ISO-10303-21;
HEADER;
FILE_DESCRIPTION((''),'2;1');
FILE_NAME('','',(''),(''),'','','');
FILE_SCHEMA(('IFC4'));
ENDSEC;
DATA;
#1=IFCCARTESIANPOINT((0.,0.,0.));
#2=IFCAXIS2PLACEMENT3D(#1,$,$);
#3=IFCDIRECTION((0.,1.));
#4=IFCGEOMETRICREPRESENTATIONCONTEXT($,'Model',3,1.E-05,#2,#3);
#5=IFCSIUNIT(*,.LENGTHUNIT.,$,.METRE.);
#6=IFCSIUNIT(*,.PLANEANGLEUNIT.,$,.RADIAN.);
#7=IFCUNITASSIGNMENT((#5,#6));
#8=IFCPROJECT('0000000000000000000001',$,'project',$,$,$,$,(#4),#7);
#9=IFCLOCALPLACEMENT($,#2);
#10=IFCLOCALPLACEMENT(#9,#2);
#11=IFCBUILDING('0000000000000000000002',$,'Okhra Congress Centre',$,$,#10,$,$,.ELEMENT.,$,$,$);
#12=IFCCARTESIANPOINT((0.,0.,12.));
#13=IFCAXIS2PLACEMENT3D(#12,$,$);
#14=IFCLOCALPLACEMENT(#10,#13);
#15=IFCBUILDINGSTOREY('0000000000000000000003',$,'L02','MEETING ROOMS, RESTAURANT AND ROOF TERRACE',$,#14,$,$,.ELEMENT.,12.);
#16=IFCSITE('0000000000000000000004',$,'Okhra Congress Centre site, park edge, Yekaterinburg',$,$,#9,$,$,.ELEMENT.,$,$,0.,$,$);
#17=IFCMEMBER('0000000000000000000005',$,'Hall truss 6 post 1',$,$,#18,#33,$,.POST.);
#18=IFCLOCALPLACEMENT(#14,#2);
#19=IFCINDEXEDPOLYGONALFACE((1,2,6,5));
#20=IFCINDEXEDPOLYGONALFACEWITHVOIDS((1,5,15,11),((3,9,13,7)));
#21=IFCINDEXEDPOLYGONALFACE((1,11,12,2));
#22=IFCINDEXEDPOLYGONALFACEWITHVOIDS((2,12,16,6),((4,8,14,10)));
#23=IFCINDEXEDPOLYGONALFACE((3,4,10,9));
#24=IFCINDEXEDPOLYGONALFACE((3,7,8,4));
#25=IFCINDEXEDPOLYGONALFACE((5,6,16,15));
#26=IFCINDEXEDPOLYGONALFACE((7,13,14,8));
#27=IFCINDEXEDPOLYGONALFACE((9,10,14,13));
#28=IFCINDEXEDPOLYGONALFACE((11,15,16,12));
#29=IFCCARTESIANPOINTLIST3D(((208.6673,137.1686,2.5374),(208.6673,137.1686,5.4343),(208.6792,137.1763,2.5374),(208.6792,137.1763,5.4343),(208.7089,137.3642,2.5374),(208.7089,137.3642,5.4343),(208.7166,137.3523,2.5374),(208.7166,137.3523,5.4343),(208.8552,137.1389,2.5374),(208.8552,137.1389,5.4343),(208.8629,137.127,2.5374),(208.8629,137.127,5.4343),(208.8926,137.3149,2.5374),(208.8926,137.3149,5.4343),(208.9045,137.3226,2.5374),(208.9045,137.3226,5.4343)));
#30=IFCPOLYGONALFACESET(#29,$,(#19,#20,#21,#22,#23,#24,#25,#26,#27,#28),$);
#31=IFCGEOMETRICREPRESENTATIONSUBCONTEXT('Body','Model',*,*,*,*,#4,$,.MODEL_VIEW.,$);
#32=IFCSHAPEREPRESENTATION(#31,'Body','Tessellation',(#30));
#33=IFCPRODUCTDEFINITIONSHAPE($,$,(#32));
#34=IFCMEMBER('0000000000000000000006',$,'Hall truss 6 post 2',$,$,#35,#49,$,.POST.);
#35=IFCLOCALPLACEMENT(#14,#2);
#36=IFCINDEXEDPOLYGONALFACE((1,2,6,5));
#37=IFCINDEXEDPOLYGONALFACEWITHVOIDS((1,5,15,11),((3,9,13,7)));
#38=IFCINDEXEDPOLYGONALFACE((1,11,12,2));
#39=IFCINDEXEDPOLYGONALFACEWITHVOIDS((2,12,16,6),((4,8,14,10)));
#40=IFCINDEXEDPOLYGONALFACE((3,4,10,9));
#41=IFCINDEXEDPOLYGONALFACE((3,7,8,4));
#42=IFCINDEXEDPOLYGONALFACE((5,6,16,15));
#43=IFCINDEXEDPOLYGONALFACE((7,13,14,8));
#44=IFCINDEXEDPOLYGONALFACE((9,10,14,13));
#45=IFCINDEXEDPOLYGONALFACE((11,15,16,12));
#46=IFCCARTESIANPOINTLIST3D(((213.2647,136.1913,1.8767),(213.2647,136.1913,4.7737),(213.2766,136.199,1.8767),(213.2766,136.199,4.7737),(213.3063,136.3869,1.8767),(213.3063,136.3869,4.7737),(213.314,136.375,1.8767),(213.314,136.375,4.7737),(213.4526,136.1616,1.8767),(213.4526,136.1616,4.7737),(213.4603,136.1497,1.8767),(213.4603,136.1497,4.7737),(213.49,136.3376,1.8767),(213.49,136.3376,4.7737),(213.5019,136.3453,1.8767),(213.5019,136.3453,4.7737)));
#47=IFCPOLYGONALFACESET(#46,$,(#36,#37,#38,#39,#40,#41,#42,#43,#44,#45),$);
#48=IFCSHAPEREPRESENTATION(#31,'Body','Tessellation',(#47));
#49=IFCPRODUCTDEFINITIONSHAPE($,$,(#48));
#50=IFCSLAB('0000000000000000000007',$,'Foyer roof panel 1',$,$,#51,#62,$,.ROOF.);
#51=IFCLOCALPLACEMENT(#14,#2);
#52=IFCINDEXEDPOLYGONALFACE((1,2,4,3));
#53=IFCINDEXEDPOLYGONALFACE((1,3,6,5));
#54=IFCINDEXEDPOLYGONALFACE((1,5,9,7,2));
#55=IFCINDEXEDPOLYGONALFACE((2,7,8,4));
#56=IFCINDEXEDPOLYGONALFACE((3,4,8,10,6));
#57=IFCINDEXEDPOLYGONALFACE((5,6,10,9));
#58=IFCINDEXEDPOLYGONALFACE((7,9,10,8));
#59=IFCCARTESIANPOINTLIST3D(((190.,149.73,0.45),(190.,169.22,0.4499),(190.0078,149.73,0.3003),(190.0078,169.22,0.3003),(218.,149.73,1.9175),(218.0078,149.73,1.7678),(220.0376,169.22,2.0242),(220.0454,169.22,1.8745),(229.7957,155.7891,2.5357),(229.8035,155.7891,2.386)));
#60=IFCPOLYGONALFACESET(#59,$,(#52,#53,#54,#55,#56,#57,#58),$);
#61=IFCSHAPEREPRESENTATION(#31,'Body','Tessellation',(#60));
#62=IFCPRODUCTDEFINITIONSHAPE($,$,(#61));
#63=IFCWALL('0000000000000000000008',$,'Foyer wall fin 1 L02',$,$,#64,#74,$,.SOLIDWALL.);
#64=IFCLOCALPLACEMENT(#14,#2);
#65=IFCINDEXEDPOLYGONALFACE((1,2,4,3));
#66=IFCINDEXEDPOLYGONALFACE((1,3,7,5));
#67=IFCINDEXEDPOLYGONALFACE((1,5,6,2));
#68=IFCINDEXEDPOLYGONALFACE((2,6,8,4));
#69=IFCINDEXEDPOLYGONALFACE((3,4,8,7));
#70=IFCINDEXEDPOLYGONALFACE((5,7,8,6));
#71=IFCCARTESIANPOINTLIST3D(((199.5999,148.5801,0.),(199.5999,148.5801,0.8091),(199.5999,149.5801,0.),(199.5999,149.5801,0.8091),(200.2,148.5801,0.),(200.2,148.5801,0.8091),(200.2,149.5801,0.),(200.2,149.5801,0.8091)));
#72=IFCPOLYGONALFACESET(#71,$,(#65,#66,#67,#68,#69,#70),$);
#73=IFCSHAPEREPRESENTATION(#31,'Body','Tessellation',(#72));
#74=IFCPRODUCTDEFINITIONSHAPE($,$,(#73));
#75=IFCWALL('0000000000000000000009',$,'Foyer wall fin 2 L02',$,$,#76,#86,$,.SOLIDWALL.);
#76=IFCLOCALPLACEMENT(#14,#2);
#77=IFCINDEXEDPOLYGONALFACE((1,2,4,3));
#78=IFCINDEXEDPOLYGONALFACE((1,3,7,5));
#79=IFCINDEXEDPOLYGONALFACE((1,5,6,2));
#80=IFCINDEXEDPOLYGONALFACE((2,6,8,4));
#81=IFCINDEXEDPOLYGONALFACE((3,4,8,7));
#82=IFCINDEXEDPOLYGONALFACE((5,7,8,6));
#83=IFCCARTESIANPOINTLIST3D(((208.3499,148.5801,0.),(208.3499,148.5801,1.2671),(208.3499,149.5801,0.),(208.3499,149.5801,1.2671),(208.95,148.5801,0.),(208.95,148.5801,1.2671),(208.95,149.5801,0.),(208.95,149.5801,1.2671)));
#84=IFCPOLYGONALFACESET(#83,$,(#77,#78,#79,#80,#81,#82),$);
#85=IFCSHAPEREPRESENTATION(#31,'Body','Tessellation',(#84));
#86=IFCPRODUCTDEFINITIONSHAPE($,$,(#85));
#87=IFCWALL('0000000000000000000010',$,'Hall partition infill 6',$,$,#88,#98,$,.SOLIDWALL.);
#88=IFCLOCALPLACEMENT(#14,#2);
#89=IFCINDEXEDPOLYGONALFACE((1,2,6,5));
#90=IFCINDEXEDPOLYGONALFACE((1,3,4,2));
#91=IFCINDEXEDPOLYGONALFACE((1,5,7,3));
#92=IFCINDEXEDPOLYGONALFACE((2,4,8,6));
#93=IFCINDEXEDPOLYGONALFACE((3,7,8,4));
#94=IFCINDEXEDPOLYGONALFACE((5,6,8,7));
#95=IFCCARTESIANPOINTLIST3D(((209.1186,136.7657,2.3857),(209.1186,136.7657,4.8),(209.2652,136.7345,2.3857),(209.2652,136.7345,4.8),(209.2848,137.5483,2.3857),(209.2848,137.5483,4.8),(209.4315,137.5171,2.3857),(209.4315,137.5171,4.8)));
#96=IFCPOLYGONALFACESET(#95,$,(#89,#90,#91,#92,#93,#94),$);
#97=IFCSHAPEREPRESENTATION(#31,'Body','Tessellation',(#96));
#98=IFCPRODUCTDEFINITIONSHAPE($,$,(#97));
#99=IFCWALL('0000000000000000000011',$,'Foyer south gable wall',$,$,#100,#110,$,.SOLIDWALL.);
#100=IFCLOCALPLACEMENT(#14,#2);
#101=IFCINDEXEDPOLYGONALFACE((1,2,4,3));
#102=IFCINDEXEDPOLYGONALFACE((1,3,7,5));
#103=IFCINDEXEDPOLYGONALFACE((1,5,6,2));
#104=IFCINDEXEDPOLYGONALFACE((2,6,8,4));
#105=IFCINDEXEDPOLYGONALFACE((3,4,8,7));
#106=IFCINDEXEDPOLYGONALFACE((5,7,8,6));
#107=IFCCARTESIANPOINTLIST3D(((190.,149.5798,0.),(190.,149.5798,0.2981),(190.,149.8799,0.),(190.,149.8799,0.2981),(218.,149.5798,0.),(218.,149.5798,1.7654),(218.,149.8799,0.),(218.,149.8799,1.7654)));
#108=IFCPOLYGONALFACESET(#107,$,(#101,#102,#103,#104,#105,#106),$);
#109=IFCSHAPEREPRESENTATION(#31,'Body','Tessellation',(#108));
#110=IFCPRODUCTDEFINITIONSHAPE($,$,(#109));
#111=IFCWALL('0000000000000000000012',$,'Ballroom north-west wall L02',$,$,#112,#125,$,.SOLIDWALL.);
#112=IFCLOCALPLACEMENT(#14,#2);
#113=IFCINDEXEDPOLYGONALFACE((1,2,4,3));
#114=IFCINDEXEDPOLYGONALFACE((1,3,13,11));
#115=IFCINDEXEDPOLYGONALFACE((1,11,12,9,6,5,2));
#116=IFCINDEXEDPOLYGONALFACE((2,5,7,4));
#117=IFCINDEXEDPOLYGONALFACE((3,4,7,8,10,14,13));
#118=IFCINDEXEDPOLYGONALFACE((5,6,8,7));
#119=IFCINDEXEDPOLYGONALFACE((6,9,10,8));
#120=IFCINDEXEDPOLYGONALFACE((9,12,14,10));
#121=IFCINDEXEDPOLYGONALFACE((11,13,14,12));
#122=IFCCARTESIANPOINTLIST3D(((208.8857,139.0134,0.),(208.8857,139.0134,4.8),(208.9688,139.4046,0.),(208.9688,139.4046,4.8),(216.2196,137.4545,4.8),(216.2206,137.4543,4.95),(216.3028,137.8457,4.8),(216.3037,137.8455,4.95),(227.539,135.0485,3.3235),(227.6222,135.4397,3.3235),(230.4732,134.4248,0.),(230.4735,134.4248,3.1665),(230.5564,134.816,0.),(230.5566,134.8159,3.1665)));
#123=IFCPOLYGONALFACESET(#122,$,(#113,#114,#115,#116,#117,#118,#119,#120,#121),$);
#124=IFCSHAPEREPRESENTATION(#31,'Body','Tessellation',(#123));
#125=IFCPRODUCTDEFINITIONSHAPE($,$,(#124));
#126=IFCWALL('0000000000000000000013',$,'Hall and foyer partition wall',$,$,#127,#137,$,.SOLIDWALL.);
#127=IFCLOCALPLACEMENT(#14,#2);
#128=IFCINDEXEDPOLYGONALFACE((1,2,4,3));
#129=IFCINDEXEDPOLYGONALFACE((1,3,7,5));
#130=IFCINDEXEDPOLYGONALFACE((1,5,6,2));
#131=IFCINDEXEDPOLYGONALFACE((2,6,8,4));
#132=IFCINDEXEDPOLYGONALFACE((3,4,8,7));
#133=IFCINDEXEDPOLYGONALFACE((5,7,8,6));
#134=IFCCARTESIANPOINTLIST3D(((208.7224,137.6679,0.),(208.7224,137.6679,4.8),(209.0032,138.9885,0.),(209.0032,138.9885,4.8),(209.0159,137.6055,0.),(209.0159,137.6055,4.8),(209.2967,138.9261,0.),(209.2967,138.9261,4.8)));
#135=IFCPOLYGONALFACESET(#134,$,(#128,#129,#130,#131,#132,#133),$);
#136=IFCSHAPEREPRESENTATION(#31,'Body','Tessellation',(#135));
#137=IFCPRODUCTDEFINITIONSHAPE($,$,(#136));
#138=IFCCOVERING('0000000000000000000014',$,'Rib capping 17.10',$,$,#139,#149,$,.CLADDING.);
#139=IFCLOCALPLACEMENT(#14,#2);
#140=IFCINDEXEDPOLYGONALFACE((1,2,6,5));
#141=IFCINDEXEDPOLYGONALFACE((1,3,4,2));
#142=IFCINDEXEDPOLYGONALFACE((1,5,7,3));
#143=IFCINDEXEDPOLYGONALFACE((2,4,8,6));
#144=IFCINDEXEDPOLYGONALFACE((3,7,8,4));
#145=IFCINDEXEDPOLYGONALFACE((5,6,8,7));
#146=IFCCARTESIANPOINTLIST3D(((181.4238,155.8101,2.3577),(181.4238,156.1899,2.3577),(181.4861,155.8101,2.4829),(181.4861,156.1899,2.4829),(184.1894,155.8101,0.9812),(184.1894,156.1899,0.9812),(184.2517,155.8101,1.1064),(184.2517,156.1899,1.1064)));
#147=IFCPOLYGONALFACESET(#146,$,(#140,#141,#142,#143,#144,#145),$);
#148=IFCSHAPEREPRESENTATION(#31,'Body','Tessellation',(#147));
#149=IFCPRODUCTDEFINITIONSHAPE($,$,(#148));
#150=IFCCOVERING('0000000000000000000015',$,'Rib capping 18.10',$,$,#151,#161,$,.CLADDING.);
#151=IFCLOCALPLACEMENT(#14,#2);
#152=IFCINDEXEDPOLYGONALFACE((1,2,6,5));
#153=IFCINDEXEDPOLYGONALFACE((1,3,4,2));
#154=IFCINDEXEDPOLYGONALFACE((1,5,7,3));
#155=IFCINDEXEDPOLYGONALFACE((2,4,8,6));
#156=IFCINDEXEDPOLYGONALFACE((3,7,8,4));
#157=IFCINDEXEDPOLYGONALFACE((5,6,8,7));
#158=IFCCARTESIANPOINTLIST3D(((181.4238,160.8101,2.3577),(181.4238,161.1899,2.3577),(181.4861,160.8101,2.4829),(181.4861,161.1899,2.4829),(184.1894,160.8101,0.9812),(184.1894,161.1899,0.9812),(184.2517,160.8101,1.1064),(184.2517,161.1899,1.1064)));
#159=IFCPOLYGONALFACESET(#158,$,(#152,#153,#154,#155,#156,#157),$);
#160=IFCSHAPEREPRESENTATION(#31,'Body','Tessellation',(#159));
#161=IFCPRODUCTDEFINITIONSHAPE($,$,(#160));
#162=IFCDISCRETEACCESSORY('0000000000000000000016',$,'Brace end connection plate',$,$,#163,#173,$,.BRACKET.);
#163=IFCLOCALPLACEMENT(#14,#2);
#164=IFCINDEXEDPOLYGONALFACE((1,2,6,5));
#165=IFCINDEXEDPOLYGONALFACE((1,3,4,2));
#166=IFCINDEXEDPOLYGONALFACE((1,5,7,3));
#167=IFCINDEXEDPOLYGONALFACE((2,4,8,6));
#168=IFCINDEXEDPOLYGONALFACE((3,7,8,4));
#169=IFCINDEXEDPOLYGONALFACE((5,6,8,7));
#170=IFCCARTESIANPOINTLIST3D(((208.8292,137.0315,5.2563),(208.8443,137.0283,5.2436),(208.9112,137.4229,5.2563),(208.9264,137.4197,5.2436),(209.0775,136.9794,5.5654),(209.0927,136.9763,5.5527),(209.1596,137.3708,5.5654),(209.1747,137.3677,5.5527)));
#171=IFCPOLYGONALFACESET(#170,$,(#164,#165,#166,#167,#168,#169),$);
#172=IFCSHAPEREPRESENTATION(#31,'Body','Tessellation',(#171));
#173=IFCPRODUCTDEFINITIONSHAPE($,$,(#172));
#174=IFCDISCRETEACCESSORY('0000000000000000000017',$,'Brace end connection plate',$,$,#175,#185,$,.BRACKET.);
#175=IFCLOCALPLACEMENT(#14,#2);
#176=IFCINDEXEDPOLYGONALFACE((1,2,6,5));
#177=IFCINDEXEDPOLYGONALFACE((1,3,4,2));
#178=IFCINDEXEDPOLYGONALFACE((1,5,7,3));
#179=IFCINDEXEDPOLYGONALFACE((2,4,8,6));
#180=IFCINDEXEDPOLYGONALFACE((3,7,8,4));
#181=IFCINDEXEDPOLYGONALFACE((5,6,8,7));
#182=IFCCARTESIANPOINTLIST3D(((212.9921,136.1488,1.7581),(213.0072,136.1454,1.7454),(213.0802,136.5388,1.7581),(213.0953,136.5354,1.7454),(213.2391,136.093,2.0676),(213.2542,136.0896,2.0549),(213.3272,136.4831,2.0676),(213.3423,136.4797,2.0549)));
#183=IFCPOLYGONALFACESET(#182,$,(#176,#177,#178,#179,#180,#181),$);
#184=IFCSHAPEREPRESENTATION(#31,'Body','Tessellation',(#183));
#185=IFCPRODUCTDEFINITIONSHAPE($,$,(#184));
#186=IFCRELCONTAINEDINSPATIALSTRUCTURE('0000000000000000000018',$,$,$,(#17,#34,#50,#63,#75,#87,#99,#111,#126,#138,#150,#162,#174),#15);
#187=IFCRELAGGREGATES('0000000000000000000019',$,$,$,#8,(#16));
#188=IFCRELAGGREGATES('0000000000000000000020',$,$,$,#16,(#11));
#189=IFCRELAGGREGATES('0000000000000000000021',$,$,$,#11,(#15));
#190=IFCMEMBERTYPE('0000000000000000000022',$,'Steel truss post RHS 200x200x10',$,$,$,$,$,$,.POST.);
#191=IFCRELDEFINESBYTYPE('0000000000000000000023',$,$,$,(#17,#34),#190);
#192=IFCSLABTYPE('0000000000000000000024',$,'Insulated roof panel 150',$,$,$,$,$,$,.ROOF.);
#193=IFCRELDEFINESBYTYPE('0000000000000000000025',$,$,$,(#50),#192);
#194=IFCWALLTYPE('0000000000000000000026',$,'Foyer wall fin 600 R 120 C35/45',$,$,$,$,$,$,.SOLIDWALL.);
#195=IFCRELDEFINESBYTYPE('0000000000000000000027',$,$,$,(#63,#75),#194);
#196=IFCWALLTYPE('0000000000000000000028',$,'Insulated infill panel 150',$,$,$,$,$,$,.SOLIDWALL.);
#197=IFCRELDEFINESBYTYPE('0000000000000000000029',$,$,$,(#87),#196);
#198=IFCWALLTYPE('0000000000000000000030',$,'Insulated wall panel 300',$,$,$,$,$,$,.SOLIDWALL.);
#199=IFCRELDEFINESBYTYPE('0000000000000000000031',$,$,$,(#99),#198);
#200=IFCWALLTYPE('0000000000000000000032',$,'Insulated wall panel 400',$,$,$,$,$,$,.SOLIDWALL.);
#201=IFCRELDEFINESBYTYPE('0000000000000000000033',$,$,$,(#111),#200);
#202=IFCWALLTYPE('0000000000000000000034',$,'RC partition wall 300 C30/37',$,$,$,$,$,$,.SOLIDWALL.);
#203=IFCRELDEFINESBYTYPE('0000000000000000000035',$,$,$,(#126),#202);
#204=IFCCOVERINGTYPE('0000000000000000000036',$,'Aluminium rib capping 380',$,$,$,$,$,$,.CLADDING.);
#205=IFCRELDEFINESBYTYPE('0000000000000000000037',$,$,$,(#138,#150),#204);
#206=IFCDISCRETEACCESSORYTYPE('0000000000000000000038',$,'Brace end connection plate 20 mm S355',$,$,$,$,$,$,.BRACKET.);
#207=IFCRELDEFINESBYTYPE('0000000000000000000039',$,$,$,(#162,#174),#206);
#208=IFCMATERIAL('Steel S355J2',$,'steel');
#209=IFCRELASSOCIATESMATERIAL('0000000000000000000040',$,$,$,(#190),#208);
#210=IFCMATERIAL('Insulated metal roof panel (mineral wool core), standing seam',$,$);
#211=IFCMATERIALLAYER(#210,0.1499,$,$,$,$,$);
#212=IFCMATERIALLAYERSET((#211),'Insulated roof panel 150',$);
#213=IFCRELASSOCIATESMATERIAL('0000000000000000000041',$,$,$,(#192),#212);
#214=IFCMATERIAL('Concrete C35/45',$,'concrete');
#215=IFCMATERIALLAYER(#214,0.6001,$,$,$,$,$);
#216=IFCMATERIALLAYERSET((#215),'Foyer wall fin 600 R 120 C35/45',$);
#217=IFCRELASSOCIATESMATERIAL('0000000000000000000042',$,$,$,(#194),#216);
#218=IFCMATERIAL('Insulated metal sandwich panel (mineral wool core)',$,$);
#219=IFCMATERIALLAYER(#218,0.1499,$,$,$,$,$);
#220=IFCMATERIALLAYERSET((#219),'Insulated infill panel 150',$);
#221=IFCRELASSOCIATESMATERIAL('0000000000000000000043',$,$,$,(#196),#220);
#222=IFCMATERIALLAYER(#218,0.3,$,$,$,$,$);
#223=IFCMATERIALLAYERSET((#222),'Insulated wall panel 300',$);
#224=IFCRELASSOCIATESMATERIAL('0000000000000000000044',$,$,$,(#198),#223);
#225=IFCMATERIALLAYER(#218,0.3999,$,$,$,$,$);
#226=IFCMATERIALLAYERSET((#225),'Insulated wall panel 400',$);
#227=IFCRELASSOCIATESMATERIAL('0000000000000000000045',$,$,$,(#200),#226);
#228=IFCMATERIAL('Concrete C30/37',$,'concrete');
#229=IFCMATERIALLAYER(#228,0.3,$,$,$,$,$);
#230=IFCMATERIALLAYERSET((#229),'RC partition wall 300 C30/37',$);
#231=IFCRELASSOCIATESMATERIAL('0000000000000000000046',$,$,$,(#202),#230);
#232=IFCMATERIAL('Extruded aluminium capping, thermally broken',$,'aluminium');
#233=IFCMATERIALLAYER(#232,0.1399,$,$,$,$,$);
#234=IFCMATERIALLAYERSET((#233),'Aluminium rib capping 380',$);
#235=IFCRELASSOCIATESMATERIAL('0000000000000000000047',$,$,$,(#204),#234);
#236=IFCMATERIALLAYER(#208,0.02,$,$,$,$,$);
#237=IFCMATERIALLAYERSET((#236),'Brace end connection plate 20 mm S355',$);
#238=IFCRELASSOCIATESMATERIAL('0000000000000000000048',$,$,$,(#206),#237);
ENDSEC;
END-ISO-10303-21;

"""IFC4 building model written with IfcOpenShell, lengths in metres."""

from ifc_helpers import new_model, si_unit, direction, frame, frame_2d, origin, origin_2d, place, context, subcontext, project, spatial, polyline, rectangle, hollow_rectangle, outline, extrude, material, layer, layer_set, material_profile, profile_set, type_object, element, save


model = new_model("IFC4")

# Units and contexts
model_context = context("Model", 3, precision=1e-05, world=origin(), true_north=direction((0.0, 1.0)))
body_context = subcontext(model_context, "Body", "Model", "MODEL_VIEW")
ifc_project = project(units=[si_unit("LENGTHUNIT", "METRE"), si_unit("PLANEANGLEUNIT", "RADIAN")], contexts=[model_context])

# Site, building, storey
site_placement = place(None, origin())
site = spatial("IfcSite", under=ifc_project, at=site_placement, Name="Okhra Congress Centre site, park edge, Yekaterinburg", CompositionType="ELEMENT", RefElevation=0.0)
building_placement = place(site_placement, origin())
building = spatial("IfcBuilding", under=site, at=building_placement, Name="Okhra Congress Centre", CompositionType="ELEMENT")
storey_placement = place(building_placement, frame((0.0, 0.0, 12.0)))
storey = spatial("IfcBuildingStorey", under=building, at=storey_placement, Name="L02", Description="MEETING ROOMS, RESTAURANT AND ROOF TERRACE", CompositionType="ELEMENT", Elevation=12.0)

# Shared definitions
ifc_material_1 = material(Name="Steel S355J2", Category="steel")

# Members
ifc_material_profile_1 = material_profile(ifc_material_1, hollow_rectangle(XDim=0.2, YDim=0.2, WallThickness=0.01, at=origin_2d()), Name="RHS 200x200x10")
ifc_profile_set_1 = profile_set([ifc_material_profile_1], Name="Steel S355J2")
member_type_1 = type_object("IfcMemberType", Name="Steel truss post RHS 200x200x10", PredefinedType="POST", material=ifc_profile_set_1)
for number, where, z_axis, x_axis, name in (
    (1, (208.7859, 137.2456, 2.5374), (0.0, 0.0, 1.0), (0.978148, -0.207912, 0.0), "Hall truss 6 post 1"),
    (2, (213.3833, 136.2683, 1.8767), (0.0, 0.0, 1.0), (0.978148, -0.207912, 0.0), "Hall truss 6 post 2"),
):
    element("IfcMember", number, at=place(storey_placement, frame(where, z_axis=z_axis, x_axis=x_axis)), inside=storey, type_object=member_type_1, Name=name, PredefinedType="POST", context=body_context, shape_type="SweptSolid", body=[
        extrude(hollow_rectangle(XDim=0.2, YDim=0.2, WallThickness=0.01, at=origin_2d()), origin(), (0.0, 0.0, 1.0), 2.897),
    ])

# Slab
ifc_material_2 = material(Name="Insulated metal roof panel (mineral wool core), standing seam")
ifc_layer_1 = layer(ifc_material_2, 0.1499)
ifc_layer_set_1 = layer_set([ifc_layer_1], Name="Insulated roof panel 150")
slab_type = type_object("IfcSlabType", Name="Insulated roof panel 150", PredefinedType="ROOF", material=ifc_layer_set_1)
slab_placement = place(storey_placement, frame((218.0, 149.73, 1.9175), z_axis=(-0.052338, 0.000003, 0.998629), x_axis=(0.888545, 0.45642, 0.046567)))
element("IfcSlab", 3, at=slab_placement, inside=storey, type_object=slab_type, Name="Foyer roof panel 1", PredefinedType="ROOF", context=body_context, shape_type="SweptSolid", body=[
    extrude(outline(polyline([(0.0, 0.0), (13.2752, 0.0), (10.7111, 16.4102), (-16.052, 30.1388), (-24.9476, 12.7973), (0.0, 0.0)])), origin(), (0.0, 0.0, -1.0), 0.1499),
])

# Walls
ifc_material_3 = material(Name="Concrete C35/45", Category="concrete")
ifc_layer_2 = layer(ifc_material_3, 0.6001)
ifc_layer_set_2 = layer_set([ifc_layer_2], Name="Foyer wall fin 600 R 120 C35/45")
wall_type_1 = type_object("IfcWallType", Name="Foyer wall fin 600 R 120 C35/45", PredefinedType="SOLIDWALL", material=ifc_layer_set_2)
wall_1_placement = place(storey_placement, frame((199.8999, 149.5801, 0.0), z_axis=(0.0, 0.0, 1.0), x_axis=(0.0, -1.0, 0.0)))
element("IfcWall", 4, at=wall_1_placement, inside=storey, type_object=wall_type_1, Name="Foyer wall fin 1 L02", PredefinedType="SOLIDWALL", context=body_context, shape_type="SweptSolid", body=[
    extrude(rectangle(XDim=1.0, YDim=0.6001, at=frame_2d((0.5, 0.0))), origin(), (0.0, 0.0, 1.0), 0.8091),
])
wall_2_placement = place(storey_placement, frame((208.6499, 149.5801, 0.0), z_axis=(0.0, 0.0, 1.0), x_axis=(0.0, -1.0, 0.0)))
element("IfcWall", 5, at=wall_2_placement, inside=storey, type_object=wall_type_1, Name="Foyer wall fin 2 L02", PredefinedType="SOLIDWALL", context=body_context, shape_type="SweptSolid", body=[
    extrude(rectangle(XDim=1.0, YDim=0.6001, at=frame_2d((0.5, 0.0))), origin(), (0.0, 0.0, 1.0), 1.2671),
])
ifc_material_4 = material(Name="Insulated metal sandwich panel (mineral wool core)")
ifc_layer_3 = layer(ifc_material_4, 0.1499)
ifc_layer_set_3 = layer_set([ifc_layer_3], Name="Insulated infill panel 150")
wall_type_2 = type_object("IfcWallType", Name="Insulated infill panel 150", PredefinedType="SOLIDWALL", material=ifc_layer_set_3)
wall_3_placement = place(storey_placement, frame((209.1919, 136.7502, 2.3857), z_axis=(0.0, 0.0, 1.0), x_axis=(0.207841, 0.978163, 0.0)))
element("IfcWall", 6, at=wall_3_placement, inside=storey, type_object=wall_type_2, Name="Hall partition infill 6", PredefinedType="SOLIDWALL", context=body_context, shape_type="SweptSolid", body=[
    extrude(rectangle(XDim=0.8, YDim=0.1499, at=frame_2d((0.3999, 0.0))), origin(), (0.0, 0.0, 1.0), 2.4143),
])
ifc_layer_4 = layer(ifc_material_4, 0.3)
ifc_layer_set_4 = layer_set([ifc_layer_4], Name="Insulated wall panel 300")
wall_type_3 = type_object("IfcWallType", Name="Insulated wall panel 300", PredefinedType="SOLIDWALL", material=ifc_layer_set_4)
wall_4_placement = place(storey_placement, frame((190.0, 149.73, 0.0), z_axis=(0.0, 0.0, 1.0), x_axis=(1.0, 0.0, 0.0)))
element("IfcWall", 7, at=wall_4_placement, inside=storey, type_object=wall_type_3, Name="Foyer south gable wall", PredefinedType="SOLIDWALL", context=body_context, shape_type="SweptSolid", body=[
    extrude(outline(polyline([(0.0, 0.0), (28.0, 0.0), (28.0, 1.7654), (0.0, 0.2981), (0.0, 0.0)])), frame((0.0, 0.1499, 0.0), z_axis=(0.0, -1.0, 0.0), x_axis=(1.0, 0.0, 0.0)), (0.0, 0.0, 1.0), 0.3),
])
ifc_layer_5 = layer(ifc_material_4, 0.3999)
ifc_layer_set_5 = layer_set([ifc_layer_5], Name="Insulated wall panel 400")
wall_type_4 = type_object("IfcWallType", Name="Insulated wall panel 400", PredefinedType="SOLIDWALL", material=ifc_layer_set_5)
wall_5_placement = place(storey_placement, frame((208.9272, 139.209, 0.0), z_axis=(0.0, 0.0, 1.0), x_axis=(0.978147, -0.207913, 0.0)))
element("IfcWall", 8, at=wall_5_placement, inside=storey, type_object=wall_type_4, Name="Ballroom north-west wall L02", PredefinedType="SOLIDWALL", context=body_context, shape_type="SweptSolid", body=[
    extrude(outline(polyline([(0.0, 0.0), (22.0698, 0.0), (22.0701, 3.1665), (19.0701, 3.3235), (7.4988, 4.95), (7.4978, 4.8), (0.0, 4.8), (0.0, 0.0)])), frame((0.0, 0.2, 0.0), z_axis=(0.0, -1.0, 0.0), x_axis=(1.0, 0.0, 0.0)), (0.0, 0.0, 1.0), 0.3999),
])
ifc_material_5 = material(Name="Concrete C30/37", Category="concrete")
ifc_layer_6 = layer(ifc_material_5, 0.3)
ifc_layer_set_6 = layer_set([ifc_layer_6], Name="RC partition wall 300 C30/37")
wall_type_5 = type_object("IfcWallType", Name="RC partition wall 300 C30/37", PredefinedType="SOLIDWALL", material=ifc_layer_set_6)
wall_6_placement = place(storey_placement, frame((208.8691, 137.6367, 0.0), z_axis=(0.0, 0.0, 1.0), x_axis=(0.20796, 0.978137, 0.0)))
element("IfcWall", 9, at=wall_6_placement, inside=storey, type_object=wall_type_5, Name="Hall and foyer partition wall", PredefinedType="SOLIDWALL", context=body_context, shape_type="SweptSolid", body=[
    extrude(rectangle(XDim=1.3501, YDim=0.3, at=frame_2d((0.675, 0.0))), origin(), (0.0, 0.0, 1.0), 4.8),
])

# Coverings
ifc_material_6 = material(Name="Extruded aluminium capping, thermally broken", Category="aluminium")
ifc_layer_7 = layer(ifc_material_6, 0.1399)
ifc_layer_set_7 = layer_set([ifc_layer_7], Name="Aluminium rib capping 380")
covering_type = type_object("IfcCoveringType", Name="Aluminium rib capping 380", PredefinedType="CLADDING", material=ifc_layer_set_7)
for number, where, z_axis, x_axis, name in (
    (10, (181.4861, 155.8101, 2.4829), (0.445569, 0.0, 0.895248), (0.895248, 0.0, -0.445569), "Rib capping 17.10"),
    (11, (181.4861, 160.8101, 2.4829), (0.445569, 0.0, 0.895248), (0.895248, 0.0, -0.445569), "Rib capping 18.10"),
):
    element("IfcCovering", number, at=place(storey_placement, frame(where, z_axis=z_axis, x_axis=x_axis)), inside=storey, type_object=covering_type, Name=name, PredefinedType="CLADDING", context=body_context, shape_type="SweptSolid", body=[
        extrude(outline(polyline([(0.0, 0.0), (3.0892, 0.0), (3.0892, 0.3799), (0.0, 0.3799), (0.0, 0.0)])), origin(), (0.0, 0.0, -1.0), 0.1399),
    ])

# Discrete accessories
ifc_layer_8 = layer(ifc_material_1, 0.02)
ifc_layer_set_8 = layer_set([ifc_layer_8], Name="Brace end connection plate 20 mm S355")
discrete_accessory_type = type_object("IfcDiscreteAccessoryType", Name="Brace end connection plate 20 mm S355", PredefinedType="BRACKET", material=ifc_layer_set_8)
for number, where, z_axis, x_axis, name in (
    (12, (209.0095, 137.198, 5.3982), (-0.756491, 0.158619, 0.634477), (-0.205215, -0.978717, 0.0), "Brace end connection plate"),
    (13, (213.1597, 136.3159, 1.9128), (0.754976, -0.170478, -0.633205), (0.220261, 0.975441, 0.0), "Brace end connection plate"),
):
    element("IfcDiscreteAccessory", number, at=place(storey_placement, frame(where, z_axis=z_axis, x_axis=x_axis)), inside=storey, type_object=discrete_accessory_type, Name=name, PredefinedType="BRACKET", context=body_context, shape_type="SweptSolid", body=[
        extrude(rectangle(XDim=0.3999, YDim=0.3999, at=origin_2d()), origin(), (0.0, 0.0, 1.0), 0.02),
    ])

save(model, "model.ifc")
